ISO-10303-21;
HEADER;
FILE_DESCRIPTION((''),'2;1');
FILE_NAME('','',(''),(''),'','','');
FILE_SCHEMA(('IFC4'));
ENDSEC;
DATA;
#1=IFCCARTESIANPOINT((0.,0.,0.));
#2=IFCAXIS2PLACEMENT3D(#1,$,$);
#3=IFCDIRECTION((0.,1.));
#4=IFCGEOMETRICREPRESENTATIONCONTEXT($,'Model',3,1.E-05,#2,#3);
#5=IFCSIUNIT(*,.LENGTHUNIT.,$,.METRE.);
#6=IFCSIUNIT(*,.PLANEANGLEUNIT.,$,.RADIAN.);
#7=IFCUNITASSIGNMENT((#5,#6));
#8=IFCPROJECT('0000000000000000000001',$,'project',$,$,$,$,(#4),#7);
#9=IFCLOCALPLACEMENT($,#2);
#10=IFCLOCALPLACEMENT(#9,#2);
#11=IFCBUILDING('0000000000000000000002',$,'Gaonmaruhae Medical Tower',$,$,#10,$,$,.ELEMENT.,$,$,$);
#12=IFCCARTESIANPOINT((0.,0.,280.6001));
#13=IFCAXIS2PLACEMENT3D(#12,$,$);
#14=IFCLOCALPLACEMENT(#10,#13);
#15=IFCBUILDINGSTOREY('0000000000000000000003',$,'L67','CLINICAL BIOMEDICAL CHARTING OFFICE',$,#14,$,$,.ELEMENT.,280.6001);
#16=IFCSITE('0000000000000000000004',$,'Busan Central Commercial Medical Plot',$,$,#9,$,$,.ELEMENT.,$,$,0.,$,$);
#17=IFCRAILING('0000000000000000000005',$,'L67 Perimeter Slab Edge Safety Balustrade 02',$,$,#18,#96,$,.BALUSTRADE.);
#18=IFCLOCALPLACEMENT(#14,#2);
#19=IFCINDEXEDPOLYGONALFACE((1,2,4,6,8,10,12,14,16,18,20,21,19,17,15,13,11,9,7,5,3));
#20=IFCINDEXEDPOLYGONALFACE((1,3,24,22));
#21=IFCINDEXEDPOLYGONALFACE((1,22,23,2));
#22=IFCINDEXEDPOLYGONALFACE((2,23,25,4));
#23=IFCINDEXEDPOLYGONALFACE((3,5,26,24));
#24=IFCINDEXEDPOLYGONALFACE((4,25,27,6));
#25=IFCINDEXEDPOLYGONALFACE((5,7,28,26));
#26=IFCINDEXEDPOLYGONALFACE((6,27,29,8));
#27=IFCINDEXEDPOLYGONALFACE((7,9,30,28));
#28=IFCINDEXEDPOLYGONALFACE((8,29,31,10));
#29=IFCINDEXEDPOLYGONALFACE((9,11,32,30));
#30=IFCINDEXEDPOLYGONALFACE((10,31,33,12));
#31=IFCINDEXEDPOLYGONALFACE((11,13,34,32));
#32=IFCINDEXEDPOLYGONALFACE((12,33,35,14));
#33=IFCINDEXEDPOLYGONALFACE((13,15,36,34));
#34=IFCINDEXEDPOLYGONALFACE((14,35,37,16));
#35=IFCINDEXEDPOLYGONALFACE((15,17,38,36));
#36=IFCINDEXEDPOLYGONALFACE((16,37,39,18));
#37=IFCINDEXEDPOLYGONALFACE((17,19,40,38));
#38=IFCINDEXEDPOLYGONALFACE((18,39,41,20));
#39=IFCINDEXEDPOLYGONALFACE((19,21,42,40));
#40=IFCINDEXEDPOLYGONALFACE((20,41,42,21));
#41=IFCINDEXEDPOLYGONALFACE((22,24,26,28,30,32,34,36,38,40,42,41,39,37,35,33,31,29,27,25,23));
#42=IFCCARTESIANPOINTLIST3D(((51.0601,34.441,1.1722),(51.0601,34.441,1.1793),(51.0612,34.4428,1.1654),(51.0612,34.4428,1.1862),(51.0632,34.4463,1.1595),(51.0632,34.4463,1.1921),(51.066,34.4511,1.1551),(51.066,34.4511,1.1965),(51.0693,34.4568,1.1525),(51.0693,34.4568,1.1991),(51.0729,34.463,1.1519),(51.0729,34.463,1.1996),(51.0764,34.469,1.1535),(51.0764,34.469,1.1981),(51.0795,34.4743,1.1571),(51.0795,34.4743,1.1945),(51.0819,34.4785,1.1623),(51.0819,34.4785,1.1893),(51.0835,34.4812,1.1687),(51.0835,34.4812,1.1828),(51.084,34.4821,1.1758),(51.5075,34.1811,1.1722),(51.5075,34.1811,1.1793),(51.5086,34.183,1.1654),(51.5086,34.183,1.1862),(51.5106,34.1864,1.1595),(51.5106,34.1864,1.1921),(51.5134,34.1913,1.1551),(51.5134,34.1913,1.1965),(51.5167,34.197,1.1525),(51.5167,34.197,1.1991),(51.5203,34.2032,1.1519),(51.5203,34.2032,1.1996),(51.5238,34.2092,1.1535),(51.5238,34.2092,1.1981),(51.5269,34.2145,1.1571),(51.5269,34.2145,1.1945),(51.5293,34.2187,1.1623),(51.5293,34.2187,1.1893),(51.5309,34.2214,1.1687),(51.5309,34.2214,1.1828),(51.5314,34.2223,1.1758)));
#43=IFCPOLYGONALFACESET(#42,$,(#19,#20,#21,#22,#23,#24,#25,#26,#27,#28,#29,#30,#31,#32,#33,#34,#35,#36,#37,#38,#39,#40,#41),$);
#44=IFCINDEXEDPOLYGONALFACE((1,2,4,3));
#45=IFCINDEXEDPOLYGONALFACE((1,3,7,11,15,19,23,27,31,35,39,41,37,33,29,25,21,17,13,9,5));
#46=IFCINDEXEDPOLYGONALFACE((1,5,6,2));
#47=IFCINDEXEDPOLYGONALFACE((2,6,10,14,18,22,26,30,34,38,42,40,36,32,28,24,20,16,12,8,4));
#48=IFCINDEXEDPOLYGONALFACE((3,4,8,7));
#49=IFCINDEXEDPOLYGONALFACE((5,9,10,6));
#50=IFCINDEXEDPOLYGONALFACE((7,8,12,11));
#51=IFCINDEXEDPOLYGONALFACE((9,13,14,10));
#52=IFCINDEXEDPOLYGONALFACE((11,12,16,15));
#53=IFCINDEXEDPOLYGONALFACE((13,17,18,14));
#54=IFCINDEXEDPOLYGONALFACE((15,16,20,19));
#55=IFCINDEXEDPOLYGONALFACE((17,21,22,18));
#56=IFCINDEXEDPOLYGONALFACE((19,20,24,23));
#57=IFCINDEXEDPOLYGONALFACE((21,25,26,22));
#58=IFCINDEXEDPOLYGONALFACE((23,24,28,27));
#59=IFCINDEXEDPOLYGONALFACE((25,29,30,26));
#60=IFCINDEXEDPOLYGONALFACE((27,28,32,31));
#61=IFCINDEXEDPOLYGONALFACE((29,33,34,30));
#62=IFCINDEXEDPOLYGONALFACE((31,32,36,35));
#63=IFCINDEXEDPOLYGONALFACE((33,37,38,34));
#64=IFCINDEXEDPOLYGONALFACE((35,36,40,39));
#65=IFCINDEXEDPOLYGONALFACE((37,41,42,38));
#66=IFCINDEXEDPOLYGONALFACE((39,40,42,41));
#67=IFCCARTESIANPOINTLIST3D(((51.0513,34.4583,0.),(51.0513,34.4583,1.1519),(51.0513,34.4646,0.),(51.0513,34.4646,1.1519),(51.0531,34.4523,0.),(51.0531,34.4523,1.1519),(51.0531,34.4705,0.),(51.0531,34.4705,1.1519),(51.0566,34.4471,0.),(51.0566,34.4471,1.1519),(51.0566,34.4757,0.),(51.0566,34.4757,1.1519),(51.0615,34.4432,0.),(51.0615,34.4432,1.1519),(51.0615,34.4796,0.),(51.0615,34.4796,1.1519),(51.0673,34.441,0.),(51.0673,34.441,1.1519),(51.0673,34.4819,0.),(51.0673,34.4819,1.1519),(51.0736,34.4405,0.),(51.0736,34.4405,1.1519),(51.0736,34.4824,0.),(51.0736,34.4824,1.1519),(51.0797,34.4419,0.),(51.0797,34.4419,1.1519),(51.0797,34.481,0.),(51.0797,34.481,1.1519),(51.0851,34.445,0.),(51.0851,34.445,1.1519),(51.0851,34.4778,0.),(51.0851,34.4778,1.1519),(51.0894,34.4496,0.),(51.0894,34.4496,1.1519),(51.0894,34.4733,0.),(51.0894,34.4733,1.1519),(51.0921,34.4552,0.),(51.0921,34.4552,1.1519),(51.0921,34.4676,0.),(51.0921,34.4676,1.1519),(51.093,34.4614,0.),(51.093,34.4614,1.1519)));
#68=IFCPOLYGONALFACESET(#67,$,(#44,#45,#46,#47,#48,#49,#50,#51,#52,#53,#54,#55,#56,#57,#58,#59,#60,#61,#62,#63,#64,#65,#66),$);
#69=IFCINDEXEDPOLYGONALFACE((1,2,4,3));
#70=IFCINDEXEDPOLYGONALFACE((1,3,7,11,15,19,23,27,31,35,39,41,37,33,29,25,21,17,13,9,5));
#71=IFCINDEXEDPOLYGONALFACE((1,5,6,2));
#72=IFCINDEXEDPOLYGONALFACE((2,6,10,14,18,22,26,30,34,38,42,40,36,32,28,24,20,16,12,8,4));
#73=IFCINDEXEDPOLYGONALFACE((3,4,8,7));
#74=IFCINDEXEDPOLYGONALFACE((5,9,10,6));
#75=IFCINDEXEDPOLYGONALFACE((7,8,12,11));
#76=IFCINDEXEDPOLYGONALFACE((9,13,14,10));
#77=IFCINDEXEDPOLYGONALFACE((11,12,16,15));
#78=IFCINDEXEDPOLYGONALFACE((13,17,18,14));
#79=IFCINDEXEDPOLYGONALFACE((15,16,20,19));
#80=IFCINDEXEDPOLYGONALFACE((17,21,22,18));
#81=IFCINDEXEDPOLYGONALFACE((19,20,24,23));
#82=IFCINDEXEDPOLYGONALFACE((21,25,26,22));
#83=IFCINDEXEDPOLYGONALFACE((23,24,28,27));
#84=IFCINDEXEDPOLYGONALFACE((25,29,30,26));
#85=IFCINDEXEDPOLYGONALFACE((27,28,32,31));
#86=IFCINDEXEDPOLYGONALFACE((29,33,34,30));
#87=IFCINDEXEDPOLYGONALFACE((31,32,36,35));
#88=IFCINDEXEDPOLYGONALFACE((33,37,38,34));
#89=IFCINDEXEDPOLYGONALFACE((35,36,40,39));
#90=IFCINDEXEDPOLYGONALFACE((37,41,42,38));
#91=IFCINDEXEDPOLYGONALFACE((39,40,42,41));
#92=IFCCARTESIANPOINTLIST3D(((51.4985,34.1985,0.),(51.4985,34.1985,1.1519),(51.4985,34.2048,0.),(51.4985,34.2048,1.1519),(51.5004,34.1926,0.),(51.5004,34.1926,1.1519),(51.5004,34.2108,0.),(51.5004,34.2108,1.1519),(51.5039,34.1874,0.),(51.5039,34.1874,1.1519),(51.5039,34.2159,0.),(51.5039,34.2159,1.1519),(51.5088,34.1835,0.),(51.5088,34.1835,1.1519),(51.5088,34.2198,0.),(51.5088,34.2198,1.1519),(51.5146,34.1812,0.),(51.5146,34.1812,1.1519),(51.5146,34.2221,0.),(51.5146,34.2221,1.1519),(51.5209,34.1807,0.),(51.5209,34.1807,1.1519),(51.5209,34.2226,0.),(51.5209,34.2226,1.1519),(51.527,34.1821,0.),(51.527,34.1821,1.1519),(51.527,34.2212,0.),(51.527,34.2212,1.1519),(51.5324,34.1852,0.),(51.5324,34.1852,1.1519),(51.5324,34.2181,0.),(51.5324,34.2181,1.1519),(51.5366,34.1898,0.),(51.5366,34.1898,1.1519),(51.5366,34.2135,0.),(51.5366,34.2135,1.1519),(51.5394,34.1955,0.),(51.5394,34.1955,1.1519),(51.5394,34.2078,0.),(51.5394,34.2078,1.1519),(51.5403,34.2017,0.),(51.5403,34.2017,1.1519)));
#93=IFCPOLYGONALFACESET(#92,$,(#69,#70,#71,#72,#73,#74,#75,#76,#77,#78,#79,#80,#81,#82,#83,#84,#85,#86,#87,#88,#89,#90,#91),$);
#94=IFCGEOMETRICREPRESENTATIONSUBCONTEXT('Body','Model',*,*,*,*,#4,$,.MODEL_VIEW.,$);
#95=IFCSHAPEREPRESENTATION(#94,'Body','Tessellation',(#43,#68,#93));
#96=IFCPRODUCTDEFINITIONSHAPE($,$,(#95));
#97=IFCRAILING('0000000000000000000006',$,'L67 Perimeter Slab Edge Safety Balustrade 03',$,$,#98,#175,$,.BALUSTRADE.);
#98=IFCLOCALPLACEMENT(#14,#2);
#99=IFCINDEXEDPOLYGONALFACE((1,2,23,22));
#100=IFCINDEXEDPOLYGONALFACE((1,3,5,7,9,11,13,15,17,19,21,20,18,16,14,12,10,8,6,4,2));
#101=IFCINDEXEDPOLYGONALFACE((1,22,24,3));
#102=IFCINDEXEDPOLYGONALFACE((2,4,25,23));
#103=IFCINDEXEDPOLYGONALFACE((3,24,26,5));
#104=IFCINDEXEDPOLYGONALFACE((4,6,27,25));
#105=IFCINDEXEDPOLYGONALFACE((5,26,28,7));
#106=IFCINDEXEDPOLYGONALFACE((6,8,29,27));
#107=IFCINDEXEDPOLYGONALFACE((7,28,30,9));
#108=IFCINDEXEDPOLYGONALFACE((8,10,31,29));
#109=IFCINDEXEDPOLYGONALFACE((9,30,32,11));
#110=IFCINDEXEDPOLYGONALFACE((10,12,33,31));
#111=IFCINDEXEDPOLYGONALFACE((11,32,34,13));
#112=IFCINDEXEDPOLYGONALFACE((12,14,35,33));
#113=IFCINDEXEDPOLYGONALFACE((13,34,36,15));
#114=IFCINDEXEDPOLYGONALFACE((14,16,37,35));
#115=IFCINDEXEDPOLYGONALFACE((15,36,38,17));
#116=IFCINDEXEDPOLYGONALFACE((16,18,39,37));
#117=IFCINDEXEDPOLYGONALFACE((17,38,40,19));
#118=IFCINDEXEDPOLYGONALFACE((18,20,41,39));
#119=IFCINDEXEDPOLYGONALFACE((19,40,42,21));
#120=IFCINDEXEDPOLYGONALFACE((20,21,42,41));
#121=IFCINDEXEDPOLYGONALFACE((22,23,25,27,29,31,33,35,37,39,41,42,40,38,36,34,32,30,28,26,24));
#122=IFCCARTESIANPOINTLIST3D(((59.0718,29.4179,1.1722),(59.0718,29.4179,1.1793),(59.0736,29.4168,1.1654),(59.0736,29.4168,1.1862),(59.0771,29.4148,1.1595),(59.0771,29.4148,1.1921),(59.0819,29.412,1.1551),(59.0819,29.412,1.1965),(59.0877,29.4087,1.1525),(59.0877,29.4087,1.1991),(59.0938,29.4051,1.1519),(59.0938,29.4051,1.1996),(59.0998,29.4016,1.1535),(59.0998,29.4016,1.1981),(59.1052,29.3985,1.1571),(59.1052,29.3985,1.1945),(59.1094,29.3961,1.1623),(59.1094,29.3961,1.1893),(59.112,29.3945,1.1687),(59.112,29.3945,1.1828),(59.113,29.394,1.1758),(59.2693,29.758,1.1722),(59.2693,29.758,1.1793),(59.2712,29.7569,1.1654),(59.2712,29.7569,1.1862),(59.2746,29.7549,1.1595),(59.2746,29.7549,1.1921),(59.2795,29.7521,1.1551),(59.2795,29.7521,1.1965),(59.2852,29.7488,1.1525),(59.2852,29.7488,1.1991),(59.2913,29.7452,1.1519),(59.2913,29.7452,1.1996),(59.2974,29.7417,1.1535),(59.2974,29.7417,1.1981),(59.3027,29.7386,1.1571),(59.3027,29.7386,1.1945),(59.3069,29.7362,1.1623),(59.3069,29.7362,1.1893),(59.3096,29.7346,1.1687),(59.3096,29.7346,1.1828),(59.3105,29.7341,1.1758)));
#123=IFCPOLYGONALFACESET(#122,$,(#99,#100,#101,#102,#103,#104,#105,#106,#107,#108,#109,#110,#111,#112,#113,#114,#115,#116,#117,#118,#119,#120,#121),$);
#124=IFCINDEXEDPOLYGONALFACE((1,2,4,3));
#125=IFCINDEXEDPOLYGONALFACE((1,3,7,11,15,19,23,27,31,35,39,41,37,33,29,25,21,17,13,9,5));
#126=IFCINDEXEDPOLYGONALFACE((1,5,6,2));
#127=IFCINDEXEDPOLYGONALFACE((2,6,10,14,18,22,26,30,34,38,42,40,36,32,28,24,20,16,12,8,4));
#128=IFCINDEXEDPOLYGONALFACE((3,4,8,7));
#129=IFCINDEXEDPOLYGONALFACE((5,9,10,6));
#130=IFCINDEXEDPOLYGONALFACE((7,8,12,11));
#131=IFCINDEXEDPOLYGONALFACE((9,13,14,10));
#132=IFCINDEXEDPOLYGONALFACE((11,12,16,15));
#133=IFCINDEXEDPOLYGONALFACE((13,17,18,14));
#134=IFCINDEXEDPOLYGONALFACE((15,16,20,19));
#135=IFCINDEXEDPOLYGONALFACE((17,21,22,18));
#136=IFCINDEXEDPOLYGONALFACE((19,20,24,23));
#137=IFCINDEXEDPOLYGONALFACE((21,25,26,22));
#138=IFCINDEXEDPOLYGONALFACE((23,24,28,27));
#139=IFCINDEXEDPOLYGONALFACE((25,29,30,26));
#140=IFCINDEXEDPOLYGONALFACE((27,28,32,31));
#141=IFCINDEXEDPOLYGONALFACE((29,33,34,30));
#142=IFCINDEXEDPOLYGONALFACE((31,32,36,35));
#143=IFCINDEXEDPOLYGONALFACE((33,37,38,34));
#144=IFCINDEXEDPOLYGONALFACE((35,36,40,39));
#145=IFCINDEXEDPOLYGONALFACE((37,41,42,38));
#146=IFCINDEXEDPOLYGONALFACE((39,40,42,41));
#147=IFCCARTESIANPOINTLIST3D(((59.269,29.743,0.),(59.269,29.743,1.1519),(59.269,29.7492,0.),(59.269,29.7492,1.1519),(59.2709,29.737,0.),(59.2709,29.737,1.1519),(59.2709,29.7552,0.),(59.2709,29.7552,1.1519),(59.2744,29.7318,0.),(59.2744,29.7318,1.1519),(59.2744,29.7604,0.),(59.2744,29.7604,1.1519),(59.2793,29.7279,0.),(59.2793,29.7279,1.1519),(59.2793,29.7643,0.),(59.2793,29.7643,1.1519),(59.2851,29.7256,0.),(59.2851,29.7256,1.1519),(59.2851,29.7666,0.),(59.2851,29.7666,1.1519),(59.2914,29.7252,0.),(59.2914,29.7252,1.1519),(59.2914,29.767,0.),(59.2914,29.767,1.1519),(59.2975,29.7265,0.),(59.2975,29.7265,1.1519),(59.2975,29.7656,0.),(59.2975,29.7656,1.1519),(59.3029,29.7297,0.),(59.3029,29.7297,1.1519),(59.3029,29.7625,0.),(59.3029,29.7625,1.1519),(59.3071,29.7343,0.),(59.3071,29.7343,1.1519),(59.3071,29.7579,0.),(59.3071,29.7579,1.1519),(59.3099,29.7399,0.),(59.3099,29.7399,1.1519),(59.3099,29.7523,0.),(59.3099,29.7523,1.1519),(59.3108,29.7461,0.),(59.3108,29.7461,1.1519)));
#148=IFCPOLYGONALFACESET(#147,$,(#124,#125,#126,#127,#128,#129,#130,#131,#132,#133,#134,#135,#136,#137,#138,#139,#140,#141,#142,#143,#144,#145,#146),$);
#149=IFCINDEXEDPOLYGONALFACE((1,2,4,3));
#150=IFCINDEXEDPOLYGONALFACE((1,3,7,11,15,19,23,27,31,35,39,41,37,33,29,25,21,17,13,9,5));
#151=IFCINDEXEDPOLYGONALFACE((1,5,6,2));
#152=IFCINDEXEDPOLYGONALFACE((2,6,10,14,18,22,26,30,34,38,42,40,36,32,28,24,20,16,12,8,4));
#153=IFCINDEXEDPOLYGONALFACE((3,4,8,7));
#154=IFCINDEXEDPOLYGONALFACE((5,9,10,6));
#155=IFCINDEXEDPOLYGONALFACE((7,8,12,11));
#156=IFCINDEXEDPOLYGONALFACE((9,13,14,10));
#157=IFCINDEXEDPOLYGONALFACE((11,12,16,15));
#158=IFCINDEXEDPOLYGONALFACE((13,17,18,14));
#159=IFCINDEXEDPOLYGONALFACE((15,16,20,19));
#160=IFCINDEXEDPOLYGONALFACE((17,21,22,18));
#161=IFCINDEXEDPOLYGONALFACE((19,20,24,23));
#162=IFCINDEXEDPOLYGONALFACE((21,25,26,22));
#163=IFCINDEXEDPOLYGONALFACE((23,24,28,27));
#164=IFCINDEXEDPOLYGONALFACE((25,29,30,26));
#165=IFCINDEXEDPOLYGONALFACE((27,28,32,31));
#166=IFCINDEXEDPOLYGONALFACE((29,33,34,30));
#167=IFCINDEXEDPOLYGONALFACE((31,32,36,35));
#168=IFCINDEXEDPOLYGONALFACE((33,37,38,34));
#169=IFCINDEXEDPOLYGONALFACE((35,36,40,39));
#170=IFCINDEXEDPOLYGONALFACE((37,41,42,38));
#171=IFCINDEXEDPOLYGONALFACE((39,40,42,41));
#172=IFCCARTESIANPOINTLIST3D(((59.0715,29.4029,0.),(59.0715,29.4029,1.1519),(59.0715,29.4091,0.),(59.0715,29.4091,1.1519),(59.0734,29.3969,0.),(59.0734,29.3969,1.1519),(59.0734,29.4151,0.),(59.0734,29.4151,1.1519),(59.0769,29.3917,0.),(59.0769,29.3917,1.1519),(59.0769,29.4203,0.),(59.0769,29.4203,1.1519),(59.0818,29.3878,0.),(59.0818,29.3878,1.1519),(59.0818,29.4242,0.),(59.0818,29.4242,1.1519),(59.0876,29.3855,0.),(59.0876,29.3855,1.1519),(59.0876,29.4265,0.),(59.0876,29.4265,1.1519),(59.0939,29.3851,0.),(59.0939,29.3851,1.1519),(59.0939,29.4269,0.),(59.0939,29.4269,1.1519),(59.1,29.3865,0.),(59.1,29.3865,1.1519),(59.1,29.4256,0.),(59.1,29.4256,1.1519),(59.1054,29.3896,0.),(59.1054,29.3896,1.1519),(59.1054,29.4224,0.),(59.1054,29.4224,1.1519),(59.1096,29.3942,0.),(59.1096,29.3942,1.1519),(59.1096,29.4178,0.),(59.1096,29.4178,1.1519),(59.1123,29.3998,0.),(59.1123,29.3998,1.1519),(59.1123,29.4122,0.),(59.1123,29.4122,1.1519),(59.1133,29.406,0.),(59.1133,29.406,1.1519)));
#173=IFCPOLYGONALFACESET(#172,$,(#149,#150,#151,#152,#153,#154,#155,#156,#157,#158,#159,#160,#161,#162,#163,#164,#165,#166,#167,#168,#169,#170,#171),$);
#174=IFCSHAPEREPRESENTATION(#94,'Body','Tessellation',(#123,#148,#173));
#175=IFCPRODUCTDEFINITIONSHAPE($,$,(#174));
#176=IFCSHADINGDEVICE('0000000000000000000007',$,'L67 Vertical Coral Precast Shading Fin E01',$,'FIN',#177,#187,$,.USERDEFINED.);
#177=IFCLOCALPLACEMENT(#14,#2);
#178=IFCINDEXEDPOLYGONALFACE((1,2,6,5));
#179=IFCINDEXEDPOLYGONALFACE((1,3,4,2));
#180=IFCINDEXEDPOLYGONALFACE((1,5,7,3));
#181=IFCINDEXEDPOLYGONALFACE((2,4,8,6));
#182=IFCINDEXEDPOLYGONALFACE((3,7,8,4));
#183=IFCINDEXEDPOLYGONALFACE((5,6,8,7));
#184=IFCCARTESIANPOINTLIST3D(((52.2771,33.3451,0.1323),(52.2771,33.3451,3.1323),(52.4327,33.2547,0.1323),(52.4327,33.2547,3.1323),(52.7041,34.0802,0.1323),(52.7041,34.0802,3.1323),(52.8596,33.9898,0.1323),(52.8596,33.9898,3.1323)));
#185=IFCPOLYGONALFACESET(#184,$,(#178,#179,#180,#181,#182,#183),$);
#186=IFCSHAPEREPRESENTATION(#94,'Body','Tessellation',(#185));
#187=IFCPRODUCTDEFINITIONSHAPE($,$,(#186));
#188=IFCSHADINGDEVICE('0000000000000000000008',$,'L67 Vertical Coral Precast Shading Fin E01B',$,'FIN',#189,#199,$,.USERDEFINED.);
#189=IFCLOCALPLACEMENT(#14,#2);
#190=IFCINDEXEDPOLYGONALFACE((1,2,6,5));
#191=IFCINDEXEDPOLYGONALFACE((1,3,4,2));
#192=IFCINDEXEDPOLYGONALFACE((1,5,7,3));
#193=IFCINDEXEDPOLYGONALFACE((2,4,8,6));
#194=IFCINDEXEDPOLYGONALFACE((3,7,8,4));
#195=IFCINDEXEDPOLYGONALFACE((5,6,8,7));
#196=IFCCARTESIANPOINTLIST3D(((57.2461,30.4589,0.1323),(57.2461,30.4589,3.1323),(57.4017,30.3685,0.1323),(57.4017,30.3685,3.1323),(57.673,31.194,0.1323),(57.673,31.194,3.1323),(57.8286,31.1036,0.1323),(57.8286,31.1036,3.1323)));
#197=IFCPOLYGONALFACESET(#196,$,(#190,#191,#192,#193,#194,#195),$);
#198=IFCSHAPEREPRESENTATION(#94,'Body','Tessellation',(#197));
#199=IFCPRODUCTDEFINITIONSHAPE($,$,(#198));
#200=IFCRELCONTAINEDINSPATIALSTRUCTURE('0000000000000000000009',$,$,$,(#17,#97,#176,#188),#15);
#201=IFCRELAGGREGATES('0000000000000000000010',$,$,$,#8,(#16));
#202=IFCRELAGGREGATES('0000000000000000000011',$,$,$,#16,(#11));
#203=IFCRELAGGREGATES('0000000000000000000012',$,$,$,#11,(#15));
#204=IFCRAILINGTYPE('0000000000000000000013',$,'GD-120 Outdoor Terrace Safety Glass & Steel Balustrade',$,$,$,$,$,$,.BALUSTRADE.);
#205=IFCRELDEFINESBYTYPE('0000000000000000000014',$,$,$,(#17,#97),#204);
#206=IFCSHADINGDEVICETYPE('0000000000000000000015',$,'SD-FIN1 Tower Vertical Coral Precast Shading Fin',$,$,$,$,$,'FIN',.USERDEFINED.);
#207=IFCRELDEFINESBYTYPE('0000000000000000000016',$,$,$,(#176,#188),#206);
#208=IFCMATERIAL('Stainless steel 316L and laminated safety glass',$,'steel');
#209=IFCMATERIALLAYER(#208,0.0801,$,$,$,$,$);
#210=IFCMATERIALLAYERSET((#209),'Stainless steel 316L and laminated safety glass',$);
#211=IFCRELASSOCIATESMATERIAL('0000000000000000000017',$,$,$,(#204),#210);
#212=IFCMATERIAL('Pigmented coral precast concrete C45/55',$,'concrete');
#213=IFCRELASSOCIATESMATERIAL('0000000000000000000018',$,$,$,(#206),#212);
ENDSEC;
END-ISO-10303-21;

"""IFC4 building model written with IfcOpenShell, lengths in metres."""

from ifc_helpers import new_model, si_unit, direction, frame, origin, origin_2d, place, context, subcontext, project, spatial, rectangle, circle, extrude, material, layer, layer_set, type_object, element, save


model = new_model("IFC4")

# Units and contexts
model_context = context("Model", 3, precision=1e-05, world=origin(), true_north=direction((0.0, 1.0)))
body_context = subcontext(model_context, "Body", "Model", "MODEL_VIEW")
ifc_project = project(units=[si_unit("LENGTHUNIT", "METRE"), si_unit("PLANEANGLEUNIT", "RADIAN")], contexts=[model_context])

# Site, building, storey
site_placement = place(None, origin())
site = spatial("IfcSite", under=ifc_project, at=site_placement, Name="Busan Central Commercial Medical Plot", CompositionType="ELEMENT", RefElevation=0.0)
building_placement = place(site_placement, origin())
building = spatial("IfcBuilding", under=site, at=building_placement, Name="Gaonmaruhae Medical Tower", CompositionType="ELEMENT")
storey_placement = place(building_placement, frame((0.0, 0.0, 280.6001)))
storey = spatial("IfcBuildingStorey", under=building, at=storey_placement, Name="L67", Description="CLINICAL BIOMEDICAL CHARTING OFFICE", CompositionType="ELEMENT", Elevation=280.6001)

# Railings
ifc_material_1 = material(Name="Stainless steel 316L and laminated safety glass", Category="steel")
ifc_layer_1 = layer(ifc_material_1, 0.0801)
ifc_layer_set_1 = layer_set([ifc_layer_1], Name="Stainless steel 316L and laminated safety glass")
railing_type = type_object("IfcRailingType", Name="GD-120 Outdoor Terrace Safety Glass & Steel Balustrade", PredefinedType="BALUSTRADE", material=ifc_layer_set_1)
railing_1_placement = place(storey_placement, frame((51.072, 34.4614, 0.0)))
element("IfcRailing", 1, at=railing_1_placement, inside=storey, type_object=railing_type, Name="L67 Perimeter Slab Edge Safety Balustrade 02", PredefinedType="BALUSTRADE", context=body_context, shape_type="SweptSolid", body=[
    extrude(circle(Radius=0.0239, at=origin_2d()), frame((0.0, 0.0, 1.1758), z_axis=(0.864736, -0.502227, 0.0), x_axis=(0.502227, 0.864736, 0.0)), (0.0, 0.0, 1.0), 0.5173),
    extrude(circle(Radius=0.021, at=origin_2d()), origin(), (0.0, 0.0, 1.0), 1.1519),
    extrude(circle(Radius=0.021, at=origin_2d()), frame((0.4473, -0.2598, 0.0)), (0.0, 0.0, 1.0), 1.1519),
])
railing_2_placement = place(storey_placement, frame((59.2898, 29.7461, 0.0)))
element("IfcRailing", 2, at=railing_2_placement, inside=storey, type_object=railing_type, Name="L67 Perimeter Slab Edge Safety Balustrade 03", PredefinedType="BALUSTRADE", context=body_context, shape_type="SweptSolid", body=[
    extrude(circle(Radius=0.0239, at=origin_2d()), frame((0.0, 0.0, 1.1758), z_axis=(-0.50221, -0.864745, 0.0), x_axis=(0.864745, -0.50221, 0.0)), (0.0, 0.0, 1.0), 0.3933),
    extrude(circle(Radius=0.021, at=origin_2d()), origin(), (0.0, 0.0, 1.0), 1.1519),
    extrude(circle(Radius=0.021, at=origin_2d()), frame((-0.1975, -0.3401, 0.0)), (0.0, 0.0, 1.0), 1.1519),
])

# Shading devices
ifc_material_2 = material(Name="Pigmented coral precast concrete C45/55", Category="concrete")
shading_device_type = type_object("IfcShadingDeviceType", Name="SD-FIN1 Tower Vertical Coral Precast Shading Fin", ElementType="FIN", PredefinedType="USERDEFINED", material=ifc_material_2)
for number, where, z_axis, x_axis, name in (
    (3, (52.5684, 33.6675, 0.1323), (0.0, 0.0, 1.0), (0.864713, -0.502266, 0.0), "L67 Vertical Coral Precast Shading Fin E01"),
    (4, (57.5374, 30.7812, 0.1323), (0.0, 0.0, 1.0), (0.864713, -0.502266, 0.0), "L67 Vertical Coral Precast Shading Fin E01B"),
):
    element("IfcShadingDevice", number, at=place(storey_placement, frame(where, z_axis=z_axis, x_axis=x_axis)), inside=storey, type_object=shading_device_type, Name=name, ObjectType="FIN", PredefinedType="USERDEFINED", context=body_context, shape_type="SweptSolid", body=[
        extrude(rectangle(XDim=0.1799, YDim=0.8501, at=origin_2d()), origin(), (0.0, 0.0, 1.0), 3.0),
    ])

save(model, "model.ifc")
